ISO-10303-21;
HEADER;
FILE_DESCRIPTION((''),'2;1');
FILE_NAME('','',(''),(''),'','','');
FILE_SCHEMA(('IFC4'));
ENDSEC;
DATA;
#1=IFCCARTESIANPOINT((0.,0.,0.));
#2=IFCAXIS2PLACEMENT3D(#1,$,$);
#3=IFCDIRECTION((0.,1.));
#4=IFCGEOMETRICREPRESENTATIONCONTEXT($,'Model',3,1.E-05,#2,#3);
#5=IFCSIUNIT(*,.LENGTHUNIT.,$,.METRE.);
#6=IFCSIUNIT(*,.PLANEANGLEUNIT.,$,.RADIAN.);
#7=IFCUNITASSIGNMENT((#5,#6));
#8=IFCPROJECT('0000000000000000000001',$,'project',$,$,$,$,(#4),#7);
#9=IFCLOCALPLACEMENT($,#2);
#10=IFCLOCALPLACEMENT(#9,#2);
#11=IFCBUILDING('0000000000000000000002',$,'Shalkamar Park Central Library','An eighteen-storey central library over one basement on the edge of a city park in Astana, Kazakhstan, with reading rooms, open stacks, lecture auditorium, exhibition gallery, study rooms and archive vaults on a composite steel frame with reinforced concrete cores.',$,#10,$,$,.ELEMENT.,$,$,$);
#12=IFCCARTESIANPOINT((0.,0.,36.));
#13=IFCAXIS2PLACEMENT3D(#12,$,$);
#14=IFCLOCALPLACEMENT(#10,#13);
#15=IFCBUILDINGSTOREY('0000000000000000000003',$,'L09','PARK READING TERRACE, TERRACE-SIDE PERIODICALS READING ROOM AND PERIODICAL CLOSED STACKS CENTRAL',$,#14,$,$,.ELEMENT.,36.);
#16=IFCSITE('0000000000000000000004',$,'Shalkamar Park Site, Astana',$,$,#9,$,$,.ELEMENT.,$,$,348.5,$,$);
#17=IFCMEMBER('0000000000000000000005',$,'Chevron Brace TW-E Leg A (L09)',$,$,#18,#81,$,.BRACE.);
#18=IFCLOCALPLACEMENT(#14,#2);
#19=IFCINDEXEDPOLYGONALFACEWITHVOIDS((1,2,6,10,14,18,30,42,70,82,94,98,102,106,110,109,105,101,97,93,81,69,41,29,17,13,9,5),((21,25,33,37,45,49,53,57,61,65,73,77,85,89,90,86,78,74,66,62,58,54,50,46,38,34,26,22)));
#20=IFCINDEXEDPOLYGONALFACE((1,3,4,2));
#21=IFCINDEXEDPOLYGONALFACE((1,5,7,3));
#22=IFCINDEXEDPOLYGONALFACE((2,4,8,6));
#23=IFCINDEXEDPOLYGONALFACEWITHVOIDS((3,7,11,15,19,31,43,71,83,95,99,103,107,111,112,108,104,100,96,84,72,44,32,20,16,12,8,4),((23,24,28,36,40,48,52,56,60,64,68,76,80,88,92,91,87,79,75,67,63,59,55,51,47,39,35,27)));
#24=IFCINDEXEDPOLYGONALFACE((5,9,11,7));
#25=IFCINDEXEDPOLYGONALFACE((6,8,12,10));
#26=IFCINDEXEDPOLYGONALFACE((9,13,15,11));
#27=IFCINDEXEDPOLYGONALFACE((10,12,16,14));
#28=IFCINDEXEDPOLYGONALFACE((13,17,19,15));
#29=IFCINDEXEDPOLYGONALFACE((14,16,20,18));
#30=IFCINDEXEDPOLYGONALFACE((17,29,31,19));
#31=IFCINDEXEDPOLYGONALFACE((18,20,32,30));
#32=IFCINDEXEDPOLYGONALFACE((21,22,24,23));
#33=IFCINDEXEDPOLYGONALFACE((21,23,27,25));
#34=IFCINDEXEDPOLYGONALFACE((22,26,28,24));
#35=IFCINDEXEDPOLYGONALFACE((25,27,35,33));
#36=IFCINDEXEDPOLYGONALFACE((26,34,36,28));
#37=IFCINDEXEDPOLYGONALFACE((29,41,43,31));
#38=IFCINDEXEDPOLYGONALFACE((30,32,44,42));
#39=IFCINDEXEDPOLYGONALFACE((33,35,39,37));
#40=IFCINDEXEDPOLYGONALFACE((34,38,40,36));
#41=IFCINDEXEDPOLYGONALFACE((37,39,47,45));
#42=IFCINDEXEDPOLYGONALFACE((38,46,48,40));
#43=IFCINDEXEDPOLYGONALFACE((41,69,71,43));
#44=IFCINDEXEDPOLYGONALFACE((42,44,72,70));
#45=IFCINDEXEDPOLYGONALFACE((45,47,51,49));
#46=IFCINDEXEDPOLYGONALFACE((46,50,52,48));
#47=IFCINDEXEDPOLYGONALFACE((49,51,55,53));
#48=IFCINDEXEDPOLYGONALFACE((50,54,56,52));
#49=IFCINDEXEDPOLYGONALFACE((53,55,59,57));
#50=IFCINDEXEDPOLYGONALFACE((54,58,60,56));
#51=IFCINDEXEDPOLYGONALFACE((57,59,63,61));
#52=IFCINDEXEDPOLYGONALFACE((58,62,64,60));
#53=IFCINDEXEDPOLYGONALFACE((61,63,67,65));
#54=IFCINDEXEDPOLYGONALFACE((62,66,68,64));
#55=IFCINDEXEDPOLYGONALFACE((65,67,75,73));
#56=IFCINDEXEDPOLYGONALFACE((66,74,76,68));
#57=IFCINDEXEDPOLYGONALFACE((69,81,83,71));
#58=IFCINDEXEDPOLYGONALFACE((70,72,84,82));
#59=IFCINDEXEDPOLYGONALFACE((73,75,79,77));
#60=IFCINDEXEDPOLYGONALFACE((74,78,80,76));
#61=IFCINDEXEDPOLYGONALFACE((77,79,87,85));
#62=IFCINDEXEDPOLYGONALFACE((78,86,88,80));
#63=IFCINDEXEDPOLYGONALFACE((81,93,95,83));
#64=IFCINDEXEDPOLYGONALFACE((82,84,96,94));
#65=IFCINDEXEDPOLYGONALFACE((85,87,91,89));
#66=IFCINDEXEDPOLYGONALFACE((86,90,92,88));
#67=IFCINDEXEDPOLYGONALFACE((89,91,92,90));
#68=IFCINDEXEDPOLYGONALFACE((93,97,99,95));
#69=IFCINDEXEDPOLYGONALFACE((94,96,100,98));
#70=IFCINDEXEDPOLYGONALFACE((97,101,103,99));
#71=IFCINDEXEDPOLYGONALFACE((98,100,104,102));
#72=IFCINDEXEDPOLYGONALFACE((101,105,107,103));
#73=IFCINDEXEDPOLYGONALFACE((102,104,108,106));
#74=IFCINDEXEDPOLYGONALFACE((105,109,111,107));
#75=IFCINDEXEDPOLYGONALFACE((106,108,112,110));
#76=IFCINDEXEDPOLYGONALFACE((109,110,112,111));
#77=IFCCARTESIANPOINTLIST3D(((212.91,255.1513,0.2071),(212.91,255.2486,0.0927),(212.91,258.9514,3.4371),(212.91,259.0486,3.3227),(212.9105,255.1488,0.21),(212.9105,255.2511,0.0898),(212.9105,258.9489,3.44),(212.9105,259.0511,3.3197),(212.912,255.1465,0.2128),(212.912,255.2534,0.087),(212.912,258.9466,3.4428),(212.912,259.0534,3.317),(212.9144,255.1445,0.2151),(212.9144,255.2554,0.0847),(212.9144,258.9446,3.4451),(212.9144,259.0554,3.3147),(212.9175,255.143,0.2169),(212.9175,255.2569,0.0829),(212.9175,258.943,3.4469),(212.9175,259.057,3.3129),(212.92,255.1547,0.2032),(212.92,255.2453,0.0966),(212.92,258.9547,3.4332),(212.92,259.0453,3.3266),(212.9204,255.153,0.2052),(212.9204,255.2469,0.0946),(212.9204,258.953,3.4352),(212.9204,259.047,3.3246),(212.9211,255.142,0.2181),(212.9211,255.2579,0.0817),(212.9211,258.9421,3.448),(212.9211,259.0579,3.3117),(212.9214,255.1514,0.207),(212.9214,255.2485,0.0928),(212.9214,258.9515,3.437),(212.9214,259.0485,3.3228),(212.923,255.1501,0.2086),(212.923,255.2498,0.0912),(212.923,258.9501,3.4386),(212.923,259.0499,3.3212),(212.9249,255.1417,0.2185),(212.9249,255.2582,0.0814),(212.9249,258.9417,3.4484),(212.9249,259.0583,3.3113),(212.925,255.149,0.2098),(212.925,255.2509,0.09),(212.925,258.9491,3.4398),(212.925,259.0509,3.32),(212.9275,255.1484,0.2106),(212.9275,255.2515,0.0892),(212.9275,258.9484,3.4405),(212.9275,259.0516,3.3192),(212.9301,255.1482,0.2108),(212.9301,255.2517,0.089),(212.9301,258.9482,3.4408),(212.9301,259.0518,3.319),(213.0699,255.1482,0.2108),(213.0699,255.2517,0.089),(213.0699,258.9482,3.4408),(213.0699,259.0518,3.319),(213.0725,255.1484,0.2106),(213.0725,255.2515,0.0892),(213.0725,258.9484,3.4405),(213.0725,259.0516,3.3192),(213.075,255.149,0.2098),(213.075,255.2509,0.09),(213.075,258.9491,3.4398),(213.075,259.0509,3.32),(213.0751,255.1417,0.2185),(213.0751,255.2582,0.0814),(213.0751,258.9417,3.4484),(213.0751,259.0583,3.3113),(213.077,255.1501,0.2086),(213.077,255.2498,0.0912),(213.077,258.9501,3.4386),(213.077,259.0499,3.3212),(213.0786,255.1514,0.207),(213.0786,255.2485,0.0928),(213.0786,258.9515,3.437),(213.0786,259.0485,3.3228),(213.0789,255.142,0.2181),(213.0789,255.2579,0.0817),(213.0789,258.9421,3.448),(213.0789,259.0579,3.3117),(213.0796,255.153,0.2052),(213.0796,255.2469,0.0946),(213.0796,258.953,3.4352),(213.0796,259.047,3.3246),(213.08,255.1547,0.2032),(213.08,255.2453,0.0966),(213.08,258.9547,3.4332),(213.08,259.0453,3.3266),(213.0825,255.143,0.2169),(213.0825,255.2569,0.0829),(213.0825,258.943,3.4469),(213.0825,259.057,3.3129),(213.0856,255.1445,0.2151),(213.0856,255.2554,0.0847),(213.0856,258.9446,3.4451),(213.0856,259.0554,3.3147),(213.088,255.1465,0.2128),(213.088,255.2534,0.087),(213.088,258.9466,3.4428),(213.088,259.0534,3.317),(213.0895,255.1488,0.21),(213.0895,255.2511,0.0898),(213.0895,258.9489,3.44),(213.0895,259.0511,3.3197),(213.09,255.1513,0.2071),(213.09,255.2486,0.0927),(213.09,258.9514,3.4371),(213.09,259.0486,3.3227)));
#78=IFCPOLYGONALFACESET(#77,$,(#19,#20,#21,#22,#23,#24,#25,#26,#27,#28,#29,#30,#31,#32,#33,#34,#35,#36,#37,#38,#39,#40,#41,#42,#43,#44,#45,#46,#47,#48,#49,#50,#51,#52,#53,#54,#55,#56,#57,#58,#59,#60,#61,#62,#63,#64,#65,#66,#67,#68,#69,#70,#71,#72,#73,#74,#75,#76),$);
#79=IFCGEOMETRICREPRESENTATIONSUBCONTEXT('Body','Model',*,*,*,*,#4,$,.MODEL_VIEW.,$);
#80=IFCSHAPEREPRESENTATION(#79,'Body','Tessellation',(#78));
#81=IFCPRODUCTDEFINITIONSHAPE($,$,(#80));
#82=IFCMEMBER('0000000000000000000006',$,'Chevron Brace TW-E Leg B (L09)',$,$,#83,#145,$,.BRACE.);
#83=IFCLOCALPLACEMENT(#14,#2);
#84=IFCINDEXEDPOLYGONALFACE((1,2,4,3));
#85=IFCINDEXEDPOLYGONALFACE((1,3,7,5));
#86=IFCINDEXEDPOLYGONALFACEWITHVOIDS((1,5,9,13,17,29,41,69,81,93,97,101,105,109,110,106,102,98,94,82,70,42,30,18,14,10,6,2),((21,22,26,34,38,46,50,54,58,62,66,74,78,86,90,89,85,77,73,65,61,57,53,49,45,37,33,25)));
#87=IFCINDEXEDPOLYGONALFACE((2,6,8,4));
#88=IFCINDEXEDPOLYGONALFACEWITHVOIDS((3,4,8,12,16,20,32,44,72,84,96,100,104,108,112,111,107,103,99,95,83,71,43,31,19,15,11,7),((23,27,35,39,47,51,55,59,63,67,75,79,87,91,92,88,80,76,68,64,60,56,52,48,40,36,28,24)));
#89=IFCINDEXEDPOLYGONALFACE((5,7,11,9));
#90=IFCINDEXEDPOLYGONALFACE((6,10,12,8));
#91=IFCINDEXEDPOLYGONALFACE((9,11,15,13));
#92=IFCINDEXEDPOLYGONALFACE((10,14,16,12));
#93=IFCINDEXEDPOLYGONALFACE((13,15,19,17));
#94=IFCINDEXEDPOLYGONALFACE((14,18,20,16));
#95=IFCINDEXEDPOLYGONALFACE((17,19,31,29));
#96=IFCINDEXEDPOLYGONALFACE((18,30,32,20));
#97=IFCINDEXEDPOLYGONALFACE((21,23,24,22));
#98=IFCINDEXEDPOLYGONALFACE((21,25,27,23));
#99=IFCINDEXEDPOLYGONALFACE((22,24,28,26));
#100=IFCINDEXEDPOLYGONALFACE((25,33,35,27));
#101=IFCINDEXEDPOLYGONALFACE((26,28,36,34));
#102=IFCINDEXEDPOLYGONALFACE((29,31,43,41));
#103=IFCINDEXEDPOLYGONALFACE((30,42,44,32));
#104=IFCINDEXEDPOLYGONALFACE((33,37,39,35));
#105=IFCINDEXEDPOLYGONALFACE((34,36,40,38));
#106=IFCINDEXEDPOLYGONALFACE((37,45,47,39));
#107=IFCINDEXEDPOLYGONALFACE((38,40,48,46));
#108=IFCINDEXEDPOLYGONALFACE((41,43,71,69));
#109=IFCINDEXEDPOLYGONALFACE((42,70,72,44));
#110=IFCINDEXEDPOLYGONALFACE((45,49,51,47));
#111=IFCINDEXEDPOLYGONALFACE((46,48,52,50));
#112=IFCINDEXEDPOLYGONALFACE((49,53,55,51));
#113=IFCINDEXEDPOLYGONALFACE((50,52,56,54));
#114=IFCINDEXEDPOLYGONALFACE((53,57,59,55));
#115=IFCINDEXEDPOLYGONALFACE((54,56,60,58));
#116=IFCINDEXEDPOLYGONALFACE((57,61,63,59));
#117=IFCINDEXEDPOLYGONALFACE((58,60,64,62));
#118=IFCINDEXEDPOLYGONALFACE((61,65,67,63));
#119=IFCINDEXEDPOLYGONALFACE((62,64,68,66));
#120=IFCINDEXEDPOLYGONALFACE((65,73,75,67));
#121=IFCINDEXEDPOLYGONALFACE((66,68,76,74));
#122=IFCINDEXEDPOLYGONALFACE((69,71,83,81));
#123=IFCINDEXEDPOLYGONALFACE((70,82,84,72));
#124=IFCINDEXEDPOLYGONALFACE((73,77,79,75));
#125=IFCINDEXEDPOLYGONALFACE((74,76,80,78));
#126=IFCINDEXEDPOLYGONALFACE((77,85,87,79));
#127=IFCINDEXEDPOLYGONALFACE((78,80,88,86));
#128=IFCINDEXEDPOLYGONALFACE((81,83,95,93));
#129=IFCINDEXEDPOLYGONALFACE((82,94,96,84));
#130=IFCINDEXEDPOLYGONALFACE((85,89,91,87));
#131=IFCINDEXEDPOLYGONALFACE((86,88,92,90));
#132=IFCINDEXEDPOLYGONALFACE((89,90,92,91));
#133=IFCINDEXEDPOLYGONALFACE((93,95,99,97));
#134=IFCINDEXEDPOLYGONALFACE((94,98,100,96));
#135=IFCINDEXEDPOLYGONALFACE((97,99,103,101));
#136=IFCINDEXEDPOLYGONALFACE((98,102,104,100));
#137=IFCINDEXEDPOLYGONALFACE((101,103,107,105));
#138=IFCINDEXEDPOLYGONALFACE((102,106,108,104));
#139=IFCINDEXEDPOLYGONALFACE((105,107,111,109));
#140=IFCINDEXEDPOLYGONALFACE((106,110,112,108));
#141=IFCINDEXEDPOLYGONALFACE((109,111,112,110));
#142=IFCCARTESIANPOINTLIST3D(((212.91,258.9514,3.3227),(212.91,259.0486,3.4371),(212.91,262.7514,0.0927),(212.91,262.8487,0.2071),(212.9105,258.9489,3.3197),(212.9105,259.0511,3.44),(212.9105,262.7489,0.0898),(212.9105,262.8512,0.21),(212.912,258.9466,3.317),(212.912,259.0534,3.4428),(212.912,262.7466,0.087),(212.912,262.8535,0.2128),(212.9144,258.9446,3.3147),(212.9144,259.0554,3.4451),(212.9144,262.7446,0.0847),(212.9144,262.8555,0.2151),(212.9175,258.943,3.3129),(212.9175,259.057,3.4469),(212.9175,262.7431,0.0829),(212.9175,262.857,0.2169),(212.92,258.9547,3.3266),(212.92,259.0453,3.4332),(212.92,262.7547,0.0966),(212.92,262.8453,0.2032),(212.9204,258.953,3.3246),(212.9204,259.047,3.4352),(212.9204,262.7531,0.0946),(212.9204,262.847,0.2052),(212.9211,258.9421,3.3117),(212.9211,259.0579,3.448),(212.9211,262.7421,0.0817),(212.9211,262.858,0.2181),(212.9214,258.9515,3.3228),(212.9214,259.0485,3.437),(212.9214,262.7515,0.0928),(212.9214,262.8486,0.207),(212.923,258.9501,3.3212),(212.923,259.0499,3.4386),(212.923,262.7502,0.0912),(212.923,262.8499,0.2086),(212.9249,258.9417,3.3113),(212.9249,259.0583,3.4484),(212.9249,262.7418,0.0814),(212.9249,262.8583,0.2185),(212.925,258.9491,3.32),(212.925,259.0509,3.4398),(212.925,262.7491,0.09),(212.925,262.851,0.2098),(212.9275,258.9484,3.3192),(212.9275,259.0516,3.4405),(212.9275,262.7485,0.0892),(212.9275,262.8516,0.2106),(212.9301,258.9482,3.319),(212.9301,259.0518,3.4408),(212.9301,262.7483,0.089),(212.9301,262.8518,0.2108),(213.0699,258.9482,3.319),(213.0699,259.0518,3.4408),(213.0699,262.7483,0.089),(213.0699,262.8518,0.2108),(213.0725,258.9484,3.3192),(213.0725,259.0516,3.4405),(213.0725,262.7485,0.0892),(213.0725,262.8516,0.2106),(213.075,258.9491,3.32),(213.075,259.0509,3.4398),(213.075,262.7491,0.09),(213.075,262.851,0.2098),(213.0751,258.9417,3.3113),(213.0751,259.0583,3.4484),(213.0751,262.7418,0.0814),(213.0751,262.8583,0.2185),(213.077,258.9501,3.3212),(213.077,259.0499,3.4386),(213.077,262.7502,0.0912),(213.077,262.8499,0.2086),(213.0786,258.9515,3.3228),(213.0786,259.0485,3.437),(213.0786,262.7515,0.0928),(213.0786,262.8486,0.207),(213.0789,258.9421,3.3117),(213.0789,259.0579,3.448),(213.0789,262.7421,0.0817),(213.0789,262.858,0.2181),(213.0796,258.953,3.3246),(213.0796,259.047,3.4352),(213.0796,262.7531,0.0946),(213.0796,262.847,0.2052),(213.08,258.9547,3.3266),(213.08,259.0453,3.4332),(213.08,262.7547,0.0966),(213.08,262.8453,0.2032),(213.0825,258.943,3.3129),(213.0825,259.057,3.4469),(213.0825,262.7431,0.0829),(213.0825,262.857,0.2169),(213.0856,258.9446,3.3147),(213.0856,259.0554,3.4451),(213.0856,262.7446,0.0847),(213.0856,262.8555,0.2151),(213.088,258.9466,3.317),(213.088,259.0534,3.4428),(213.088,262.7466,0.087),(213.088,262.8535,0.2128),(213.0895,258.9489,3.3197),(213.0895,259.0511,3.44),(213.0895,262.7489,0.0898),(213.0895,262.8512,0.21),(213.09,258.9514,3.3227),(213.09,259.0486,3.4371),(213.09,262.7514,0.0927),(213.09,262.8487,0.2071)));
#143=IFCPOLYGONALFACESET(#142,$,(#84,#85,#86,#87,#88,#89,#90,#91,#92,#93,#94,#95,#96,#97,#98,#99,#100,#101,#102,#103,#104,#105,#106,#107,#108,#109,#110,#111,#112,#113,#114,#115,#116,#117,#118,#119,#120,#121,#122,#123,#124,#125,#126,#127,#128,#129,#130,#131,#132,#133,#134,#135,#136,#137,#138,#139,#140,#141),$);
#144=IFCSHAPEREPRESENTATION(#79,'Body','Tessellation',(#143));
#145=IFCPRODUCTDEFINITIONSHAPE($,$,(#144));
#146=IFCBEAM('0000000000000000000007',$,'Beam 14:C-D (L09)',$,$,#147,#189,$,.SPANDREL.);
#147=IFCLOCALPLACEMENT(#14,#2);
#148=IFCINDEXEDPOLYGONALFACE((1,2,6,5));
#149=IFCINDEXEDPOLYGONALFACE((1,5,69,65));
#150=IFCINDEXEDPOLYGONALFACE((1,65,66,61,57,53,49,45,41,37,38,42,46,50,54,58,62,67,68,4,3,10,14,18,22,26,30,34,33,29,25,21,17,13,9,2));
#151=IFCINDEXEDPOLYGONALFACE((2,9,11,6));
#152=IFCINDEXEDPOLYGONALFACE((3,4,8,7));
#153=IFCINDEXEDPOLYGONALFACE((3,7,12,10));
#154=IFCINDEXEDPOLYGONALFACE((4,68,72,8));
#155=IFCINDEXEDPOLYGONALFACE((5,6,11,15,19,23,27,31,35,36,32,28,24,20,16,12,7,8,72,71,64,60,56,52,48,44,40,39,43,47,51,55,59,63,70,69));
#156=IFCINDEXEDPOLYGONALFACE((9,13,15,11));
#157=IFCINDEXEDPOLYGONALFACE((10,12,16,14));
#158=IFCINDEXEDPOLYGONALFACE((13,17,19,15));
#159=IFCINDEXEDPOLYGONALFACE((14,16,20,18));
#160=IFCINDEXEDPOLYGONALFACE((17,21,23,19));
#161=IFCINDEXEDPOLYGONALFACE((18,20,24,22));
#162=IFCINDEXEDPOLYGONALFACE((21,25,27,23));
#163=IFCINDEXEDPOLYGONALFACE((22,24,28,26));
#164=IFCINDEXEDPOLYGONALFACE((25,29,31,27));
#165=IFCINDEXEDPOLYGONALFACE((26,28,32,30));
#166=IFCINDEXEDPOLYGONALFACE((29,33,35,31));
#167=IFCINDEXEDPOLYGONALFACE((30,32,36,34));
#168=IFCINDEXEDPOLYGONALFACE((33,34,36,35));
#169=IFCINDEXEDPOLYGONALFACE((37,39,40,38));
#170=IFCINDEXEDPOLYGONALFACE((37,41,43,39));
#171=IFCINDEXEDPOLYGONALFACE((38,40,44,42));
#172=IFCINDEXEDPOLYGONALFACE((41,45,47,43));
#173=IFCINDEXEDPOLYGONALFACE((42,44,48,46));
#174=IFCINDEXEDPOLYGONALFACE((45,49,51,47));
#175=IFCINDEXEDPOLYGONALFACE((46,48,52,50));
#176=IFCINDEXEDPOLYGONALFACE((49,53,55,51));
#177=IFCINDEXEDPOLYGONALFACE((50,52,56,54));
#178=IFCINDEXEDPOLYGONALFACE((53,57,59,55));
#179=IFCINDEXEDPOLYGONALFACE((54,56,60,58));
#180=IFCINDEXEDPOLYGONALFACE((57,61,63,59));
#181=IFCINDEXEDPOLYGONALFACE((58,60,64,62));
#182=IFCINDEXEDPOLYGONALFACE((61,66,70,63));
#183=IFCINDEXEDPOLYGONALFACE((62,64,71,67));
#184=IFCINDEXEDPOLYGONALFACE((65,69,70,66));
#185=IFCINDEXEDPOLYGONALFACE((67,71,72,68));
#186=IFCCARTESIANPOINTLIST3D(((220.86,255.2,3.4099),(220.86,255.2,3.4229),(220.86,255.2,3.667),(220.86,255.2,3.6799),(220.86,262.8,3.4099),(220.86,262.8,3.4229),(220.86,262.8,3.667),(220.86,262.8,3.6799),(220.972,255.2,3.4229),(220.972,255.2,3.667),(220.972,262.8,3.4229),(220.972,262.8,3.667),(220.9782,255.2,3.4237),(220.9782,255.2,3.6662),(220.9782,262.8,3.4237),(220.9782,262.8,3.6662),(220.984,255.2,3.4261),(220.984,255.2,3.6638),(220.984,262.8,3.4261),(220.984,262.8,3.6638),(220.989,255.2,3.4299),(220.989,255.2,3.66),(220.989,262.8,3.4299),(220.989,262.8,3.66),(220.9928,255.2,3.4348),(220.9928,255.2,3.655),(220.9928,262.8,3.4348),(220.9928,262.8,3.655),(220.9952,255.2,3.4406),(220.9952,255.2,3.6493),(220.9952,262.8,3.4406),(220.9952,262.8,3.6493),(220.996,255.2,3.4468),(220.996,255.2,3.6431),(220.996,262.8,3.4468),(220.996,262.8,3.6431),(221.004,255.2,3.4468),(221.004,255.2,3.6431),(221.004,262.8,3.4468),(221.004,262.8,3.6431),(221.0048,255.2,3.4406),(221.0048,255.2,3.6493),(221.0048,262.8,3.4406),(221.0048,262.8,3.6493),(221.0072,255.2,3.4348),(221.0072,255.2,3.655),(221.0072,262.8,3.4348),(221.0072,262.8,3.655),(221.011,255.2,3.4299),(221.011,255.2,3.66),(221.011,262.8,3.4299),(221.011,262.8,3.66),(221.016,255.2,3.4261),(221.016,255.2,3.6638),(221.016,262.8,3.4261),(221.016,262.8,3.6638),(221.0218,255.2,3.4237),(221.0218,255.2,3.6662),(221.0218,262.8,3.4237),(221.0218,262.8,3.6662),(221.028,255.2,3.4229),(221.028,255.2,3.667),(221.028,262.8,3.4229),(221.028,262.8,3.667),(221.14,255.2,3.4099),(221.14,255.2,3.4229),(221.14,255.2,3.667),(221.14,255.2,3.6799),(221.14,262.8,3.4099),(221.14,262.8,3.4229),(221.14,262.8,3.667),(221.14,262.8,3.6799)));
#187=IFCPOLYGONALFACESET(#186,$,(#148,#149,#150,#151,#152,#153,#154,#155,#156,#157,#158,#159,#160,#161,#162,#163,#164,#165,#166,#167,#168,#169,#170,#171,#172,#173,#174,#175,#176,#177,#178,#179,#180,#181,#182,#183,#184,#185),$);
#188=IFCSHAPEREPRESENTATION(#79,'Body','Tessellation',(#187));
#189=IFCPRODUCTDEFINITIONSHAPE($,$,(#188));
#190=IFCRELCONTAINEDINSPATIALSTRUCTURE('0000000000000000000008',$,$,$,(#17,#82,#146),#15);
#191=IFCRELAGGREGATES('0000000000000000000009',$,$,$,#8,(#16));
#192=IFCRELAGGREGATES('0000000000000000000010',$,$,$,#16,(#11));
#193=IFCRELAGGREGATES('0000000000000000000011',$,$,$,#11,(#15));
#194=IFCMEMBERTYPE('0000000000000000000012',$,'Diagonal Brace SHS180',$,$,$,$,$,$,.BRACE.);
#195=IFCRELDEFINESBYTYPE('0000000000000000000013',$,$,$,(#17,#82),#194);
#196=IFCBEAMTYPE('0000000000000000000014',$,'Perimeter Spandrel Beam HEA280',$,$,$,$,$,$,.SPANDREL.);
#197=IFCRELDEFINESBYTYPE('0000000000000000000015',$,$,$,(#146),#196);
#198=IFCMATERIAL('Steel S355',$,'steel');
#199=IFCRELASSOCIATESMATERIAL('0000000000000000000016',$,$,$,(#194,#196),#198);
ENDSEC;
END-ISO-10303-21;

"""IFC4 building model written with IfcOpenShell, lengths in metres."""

from ifc_helpers import new_model, si_unit, direction, frame, origin, origin_2d, place, context, subcontext, project, spatial, hollow_rectangle, i_section, extrude, material, material_profile, profile_set, type_object, element, save


model = new_model("IFC4")

# Units and contexts
model_context = context("Model", 3, precision=1e-05, world=origin(), true_north=direction((0.0, 1.0)))
body_context = subcontext(model_context, "Body", "Model", "MODEL_VIEW")
ifc_project = project(units=[si_unit("LENGTHUNIT", "METRE"), si_unit("PLANEANGLEUNIT", "RADIAN")], contexts=[model_context])

# Site, building, storey
site_placement = place(None, origin())
site = spatial("IfcSite", under=ifc_project, at=site_placement, Name="Shalkamar Park Site, Astana", CompositionType="ELEMENT", RefElevation=348.5)
building_placement = place(site_placement, origin())
building = spatial("IfcBuilding", under=site, at=building_placement, Name="Shalkamar Park Central Library", Description="An eighteen-storey central library over one basement on the edge of a city park in Astana, Kazakhstan, with reading rooms, open stacks, lecture auditorium, exhibition gallery, study rooms and archive vaults on a composite steel frame with reinforced concrete cores.", CompositionType="ELEMENT")
storey_placement = place(building_placement, frame((0.0, 0.0, 36.0)))
storey = spatial("IfcBuildingStorey", under=building, at=storey_placement, Name="L09", Description="PARK READING TERRACE, TERRACE-SIDE PERIODICALS READING ROOM AND PERIODICAL CLOSED STACKS CENTRAL", CompositionType="ELEMENT", Elevation=36.0)

# Shared definitions
ifc_material_1 = material(Name="Steel S355", Category="steel")

# Members
ifc_material_profile_1 = material_profile(ifc_material_1, hollow_rectangle(XDim=0.1799, YDim=0.1799, WallThickness=0.01, InnerFilletRadius=0.01, OuterFilletRadius=0.0149, at=origin_2d()), Name="SHS 180x180x10")
ifc_profile_set_1 = profile_set([ifc_material_profile_1], Name="Steel S355")
member_type = type_object("IfcMemberType", Name="Diagonal Brace SHS180", PredefinedType="BRACE", material=ifc_profile_set_1)
for number, where, z_axis, x_axis, name in (
    (1, (213.0, 255.2, 0.1499), (0.0, 0.761945, 0.647641), (-1.0, 0.0, 0.0), "Chevron Brace TW-E Leg A (L09)"),
    (2, (213.0, 262.8, 0.1499), (0.0, -0.761945, 0.647641), (1.0, 0.0, 0.0), "Chevron Brace TW-E Leg B (L09)"),
):
    element("IfcMember", number, at=place(storey_placement, frame(where, z_axis=z_axis, x_axis=x_axis)), inside=storey, type_object=member_type, Name=name, PredefinedType="BRACE", context=body_context, shape_type="SweptSolid", body=[
        extrude(hollow_rectangle(XDim=0.1799, YDim=0.1799, WallThickness=0.01, InnerFilletRadius=0.01, OuterFilletRadius=0.0149, at=origin_2d()), origin(), (0.0, 0.0, 1.0), 4.9873),
    ])

# Beam
ifc_material_profile_2 = material_profile(ifc_material_1, i_section(OverallWidth=0.28, OverallDepth=0.27, WebThickness=0.0081, FlangeThickness=0.0129, FilletRadius=0.0239, at=origin_2d()), Name="HEA 280")
ifc_profile_set_2 = profile_set([ifc_material_profile_2], Name="Steel S355")
beam_type_1 = type_object("IfcBeamType", Name="Perimeter Spandrel Beam HEA280", PredefinedType="SPANDREL", material=ifc_profile_set_2)
beam_1_placement = place(storey_placement, frame((221.0, 255.2, 3.5449), z_axis=(0.0, 1.0, 0.0), x_axis=(-1.0, 0.0, 0.0)))
element("IfcBeam", 3, at=beam_1_placement, inside=storey, type_object=beam_type_1, Name="Beam 14:C-D (L09)", PredefinedType="SPANDREL", context=body_context, shape_type="SweptSolid", body=[
    extrude(i_section(OverallWidth=0.28, OverallDepth=0.27, WebThickness=0.0081, FlangeThickness=0.0129, FilletRadius=0.0239, at=origin_2d()), origin(), (0.0, 0.0, 1.0), 7.6001),
])

save(model, "model.ifc")
